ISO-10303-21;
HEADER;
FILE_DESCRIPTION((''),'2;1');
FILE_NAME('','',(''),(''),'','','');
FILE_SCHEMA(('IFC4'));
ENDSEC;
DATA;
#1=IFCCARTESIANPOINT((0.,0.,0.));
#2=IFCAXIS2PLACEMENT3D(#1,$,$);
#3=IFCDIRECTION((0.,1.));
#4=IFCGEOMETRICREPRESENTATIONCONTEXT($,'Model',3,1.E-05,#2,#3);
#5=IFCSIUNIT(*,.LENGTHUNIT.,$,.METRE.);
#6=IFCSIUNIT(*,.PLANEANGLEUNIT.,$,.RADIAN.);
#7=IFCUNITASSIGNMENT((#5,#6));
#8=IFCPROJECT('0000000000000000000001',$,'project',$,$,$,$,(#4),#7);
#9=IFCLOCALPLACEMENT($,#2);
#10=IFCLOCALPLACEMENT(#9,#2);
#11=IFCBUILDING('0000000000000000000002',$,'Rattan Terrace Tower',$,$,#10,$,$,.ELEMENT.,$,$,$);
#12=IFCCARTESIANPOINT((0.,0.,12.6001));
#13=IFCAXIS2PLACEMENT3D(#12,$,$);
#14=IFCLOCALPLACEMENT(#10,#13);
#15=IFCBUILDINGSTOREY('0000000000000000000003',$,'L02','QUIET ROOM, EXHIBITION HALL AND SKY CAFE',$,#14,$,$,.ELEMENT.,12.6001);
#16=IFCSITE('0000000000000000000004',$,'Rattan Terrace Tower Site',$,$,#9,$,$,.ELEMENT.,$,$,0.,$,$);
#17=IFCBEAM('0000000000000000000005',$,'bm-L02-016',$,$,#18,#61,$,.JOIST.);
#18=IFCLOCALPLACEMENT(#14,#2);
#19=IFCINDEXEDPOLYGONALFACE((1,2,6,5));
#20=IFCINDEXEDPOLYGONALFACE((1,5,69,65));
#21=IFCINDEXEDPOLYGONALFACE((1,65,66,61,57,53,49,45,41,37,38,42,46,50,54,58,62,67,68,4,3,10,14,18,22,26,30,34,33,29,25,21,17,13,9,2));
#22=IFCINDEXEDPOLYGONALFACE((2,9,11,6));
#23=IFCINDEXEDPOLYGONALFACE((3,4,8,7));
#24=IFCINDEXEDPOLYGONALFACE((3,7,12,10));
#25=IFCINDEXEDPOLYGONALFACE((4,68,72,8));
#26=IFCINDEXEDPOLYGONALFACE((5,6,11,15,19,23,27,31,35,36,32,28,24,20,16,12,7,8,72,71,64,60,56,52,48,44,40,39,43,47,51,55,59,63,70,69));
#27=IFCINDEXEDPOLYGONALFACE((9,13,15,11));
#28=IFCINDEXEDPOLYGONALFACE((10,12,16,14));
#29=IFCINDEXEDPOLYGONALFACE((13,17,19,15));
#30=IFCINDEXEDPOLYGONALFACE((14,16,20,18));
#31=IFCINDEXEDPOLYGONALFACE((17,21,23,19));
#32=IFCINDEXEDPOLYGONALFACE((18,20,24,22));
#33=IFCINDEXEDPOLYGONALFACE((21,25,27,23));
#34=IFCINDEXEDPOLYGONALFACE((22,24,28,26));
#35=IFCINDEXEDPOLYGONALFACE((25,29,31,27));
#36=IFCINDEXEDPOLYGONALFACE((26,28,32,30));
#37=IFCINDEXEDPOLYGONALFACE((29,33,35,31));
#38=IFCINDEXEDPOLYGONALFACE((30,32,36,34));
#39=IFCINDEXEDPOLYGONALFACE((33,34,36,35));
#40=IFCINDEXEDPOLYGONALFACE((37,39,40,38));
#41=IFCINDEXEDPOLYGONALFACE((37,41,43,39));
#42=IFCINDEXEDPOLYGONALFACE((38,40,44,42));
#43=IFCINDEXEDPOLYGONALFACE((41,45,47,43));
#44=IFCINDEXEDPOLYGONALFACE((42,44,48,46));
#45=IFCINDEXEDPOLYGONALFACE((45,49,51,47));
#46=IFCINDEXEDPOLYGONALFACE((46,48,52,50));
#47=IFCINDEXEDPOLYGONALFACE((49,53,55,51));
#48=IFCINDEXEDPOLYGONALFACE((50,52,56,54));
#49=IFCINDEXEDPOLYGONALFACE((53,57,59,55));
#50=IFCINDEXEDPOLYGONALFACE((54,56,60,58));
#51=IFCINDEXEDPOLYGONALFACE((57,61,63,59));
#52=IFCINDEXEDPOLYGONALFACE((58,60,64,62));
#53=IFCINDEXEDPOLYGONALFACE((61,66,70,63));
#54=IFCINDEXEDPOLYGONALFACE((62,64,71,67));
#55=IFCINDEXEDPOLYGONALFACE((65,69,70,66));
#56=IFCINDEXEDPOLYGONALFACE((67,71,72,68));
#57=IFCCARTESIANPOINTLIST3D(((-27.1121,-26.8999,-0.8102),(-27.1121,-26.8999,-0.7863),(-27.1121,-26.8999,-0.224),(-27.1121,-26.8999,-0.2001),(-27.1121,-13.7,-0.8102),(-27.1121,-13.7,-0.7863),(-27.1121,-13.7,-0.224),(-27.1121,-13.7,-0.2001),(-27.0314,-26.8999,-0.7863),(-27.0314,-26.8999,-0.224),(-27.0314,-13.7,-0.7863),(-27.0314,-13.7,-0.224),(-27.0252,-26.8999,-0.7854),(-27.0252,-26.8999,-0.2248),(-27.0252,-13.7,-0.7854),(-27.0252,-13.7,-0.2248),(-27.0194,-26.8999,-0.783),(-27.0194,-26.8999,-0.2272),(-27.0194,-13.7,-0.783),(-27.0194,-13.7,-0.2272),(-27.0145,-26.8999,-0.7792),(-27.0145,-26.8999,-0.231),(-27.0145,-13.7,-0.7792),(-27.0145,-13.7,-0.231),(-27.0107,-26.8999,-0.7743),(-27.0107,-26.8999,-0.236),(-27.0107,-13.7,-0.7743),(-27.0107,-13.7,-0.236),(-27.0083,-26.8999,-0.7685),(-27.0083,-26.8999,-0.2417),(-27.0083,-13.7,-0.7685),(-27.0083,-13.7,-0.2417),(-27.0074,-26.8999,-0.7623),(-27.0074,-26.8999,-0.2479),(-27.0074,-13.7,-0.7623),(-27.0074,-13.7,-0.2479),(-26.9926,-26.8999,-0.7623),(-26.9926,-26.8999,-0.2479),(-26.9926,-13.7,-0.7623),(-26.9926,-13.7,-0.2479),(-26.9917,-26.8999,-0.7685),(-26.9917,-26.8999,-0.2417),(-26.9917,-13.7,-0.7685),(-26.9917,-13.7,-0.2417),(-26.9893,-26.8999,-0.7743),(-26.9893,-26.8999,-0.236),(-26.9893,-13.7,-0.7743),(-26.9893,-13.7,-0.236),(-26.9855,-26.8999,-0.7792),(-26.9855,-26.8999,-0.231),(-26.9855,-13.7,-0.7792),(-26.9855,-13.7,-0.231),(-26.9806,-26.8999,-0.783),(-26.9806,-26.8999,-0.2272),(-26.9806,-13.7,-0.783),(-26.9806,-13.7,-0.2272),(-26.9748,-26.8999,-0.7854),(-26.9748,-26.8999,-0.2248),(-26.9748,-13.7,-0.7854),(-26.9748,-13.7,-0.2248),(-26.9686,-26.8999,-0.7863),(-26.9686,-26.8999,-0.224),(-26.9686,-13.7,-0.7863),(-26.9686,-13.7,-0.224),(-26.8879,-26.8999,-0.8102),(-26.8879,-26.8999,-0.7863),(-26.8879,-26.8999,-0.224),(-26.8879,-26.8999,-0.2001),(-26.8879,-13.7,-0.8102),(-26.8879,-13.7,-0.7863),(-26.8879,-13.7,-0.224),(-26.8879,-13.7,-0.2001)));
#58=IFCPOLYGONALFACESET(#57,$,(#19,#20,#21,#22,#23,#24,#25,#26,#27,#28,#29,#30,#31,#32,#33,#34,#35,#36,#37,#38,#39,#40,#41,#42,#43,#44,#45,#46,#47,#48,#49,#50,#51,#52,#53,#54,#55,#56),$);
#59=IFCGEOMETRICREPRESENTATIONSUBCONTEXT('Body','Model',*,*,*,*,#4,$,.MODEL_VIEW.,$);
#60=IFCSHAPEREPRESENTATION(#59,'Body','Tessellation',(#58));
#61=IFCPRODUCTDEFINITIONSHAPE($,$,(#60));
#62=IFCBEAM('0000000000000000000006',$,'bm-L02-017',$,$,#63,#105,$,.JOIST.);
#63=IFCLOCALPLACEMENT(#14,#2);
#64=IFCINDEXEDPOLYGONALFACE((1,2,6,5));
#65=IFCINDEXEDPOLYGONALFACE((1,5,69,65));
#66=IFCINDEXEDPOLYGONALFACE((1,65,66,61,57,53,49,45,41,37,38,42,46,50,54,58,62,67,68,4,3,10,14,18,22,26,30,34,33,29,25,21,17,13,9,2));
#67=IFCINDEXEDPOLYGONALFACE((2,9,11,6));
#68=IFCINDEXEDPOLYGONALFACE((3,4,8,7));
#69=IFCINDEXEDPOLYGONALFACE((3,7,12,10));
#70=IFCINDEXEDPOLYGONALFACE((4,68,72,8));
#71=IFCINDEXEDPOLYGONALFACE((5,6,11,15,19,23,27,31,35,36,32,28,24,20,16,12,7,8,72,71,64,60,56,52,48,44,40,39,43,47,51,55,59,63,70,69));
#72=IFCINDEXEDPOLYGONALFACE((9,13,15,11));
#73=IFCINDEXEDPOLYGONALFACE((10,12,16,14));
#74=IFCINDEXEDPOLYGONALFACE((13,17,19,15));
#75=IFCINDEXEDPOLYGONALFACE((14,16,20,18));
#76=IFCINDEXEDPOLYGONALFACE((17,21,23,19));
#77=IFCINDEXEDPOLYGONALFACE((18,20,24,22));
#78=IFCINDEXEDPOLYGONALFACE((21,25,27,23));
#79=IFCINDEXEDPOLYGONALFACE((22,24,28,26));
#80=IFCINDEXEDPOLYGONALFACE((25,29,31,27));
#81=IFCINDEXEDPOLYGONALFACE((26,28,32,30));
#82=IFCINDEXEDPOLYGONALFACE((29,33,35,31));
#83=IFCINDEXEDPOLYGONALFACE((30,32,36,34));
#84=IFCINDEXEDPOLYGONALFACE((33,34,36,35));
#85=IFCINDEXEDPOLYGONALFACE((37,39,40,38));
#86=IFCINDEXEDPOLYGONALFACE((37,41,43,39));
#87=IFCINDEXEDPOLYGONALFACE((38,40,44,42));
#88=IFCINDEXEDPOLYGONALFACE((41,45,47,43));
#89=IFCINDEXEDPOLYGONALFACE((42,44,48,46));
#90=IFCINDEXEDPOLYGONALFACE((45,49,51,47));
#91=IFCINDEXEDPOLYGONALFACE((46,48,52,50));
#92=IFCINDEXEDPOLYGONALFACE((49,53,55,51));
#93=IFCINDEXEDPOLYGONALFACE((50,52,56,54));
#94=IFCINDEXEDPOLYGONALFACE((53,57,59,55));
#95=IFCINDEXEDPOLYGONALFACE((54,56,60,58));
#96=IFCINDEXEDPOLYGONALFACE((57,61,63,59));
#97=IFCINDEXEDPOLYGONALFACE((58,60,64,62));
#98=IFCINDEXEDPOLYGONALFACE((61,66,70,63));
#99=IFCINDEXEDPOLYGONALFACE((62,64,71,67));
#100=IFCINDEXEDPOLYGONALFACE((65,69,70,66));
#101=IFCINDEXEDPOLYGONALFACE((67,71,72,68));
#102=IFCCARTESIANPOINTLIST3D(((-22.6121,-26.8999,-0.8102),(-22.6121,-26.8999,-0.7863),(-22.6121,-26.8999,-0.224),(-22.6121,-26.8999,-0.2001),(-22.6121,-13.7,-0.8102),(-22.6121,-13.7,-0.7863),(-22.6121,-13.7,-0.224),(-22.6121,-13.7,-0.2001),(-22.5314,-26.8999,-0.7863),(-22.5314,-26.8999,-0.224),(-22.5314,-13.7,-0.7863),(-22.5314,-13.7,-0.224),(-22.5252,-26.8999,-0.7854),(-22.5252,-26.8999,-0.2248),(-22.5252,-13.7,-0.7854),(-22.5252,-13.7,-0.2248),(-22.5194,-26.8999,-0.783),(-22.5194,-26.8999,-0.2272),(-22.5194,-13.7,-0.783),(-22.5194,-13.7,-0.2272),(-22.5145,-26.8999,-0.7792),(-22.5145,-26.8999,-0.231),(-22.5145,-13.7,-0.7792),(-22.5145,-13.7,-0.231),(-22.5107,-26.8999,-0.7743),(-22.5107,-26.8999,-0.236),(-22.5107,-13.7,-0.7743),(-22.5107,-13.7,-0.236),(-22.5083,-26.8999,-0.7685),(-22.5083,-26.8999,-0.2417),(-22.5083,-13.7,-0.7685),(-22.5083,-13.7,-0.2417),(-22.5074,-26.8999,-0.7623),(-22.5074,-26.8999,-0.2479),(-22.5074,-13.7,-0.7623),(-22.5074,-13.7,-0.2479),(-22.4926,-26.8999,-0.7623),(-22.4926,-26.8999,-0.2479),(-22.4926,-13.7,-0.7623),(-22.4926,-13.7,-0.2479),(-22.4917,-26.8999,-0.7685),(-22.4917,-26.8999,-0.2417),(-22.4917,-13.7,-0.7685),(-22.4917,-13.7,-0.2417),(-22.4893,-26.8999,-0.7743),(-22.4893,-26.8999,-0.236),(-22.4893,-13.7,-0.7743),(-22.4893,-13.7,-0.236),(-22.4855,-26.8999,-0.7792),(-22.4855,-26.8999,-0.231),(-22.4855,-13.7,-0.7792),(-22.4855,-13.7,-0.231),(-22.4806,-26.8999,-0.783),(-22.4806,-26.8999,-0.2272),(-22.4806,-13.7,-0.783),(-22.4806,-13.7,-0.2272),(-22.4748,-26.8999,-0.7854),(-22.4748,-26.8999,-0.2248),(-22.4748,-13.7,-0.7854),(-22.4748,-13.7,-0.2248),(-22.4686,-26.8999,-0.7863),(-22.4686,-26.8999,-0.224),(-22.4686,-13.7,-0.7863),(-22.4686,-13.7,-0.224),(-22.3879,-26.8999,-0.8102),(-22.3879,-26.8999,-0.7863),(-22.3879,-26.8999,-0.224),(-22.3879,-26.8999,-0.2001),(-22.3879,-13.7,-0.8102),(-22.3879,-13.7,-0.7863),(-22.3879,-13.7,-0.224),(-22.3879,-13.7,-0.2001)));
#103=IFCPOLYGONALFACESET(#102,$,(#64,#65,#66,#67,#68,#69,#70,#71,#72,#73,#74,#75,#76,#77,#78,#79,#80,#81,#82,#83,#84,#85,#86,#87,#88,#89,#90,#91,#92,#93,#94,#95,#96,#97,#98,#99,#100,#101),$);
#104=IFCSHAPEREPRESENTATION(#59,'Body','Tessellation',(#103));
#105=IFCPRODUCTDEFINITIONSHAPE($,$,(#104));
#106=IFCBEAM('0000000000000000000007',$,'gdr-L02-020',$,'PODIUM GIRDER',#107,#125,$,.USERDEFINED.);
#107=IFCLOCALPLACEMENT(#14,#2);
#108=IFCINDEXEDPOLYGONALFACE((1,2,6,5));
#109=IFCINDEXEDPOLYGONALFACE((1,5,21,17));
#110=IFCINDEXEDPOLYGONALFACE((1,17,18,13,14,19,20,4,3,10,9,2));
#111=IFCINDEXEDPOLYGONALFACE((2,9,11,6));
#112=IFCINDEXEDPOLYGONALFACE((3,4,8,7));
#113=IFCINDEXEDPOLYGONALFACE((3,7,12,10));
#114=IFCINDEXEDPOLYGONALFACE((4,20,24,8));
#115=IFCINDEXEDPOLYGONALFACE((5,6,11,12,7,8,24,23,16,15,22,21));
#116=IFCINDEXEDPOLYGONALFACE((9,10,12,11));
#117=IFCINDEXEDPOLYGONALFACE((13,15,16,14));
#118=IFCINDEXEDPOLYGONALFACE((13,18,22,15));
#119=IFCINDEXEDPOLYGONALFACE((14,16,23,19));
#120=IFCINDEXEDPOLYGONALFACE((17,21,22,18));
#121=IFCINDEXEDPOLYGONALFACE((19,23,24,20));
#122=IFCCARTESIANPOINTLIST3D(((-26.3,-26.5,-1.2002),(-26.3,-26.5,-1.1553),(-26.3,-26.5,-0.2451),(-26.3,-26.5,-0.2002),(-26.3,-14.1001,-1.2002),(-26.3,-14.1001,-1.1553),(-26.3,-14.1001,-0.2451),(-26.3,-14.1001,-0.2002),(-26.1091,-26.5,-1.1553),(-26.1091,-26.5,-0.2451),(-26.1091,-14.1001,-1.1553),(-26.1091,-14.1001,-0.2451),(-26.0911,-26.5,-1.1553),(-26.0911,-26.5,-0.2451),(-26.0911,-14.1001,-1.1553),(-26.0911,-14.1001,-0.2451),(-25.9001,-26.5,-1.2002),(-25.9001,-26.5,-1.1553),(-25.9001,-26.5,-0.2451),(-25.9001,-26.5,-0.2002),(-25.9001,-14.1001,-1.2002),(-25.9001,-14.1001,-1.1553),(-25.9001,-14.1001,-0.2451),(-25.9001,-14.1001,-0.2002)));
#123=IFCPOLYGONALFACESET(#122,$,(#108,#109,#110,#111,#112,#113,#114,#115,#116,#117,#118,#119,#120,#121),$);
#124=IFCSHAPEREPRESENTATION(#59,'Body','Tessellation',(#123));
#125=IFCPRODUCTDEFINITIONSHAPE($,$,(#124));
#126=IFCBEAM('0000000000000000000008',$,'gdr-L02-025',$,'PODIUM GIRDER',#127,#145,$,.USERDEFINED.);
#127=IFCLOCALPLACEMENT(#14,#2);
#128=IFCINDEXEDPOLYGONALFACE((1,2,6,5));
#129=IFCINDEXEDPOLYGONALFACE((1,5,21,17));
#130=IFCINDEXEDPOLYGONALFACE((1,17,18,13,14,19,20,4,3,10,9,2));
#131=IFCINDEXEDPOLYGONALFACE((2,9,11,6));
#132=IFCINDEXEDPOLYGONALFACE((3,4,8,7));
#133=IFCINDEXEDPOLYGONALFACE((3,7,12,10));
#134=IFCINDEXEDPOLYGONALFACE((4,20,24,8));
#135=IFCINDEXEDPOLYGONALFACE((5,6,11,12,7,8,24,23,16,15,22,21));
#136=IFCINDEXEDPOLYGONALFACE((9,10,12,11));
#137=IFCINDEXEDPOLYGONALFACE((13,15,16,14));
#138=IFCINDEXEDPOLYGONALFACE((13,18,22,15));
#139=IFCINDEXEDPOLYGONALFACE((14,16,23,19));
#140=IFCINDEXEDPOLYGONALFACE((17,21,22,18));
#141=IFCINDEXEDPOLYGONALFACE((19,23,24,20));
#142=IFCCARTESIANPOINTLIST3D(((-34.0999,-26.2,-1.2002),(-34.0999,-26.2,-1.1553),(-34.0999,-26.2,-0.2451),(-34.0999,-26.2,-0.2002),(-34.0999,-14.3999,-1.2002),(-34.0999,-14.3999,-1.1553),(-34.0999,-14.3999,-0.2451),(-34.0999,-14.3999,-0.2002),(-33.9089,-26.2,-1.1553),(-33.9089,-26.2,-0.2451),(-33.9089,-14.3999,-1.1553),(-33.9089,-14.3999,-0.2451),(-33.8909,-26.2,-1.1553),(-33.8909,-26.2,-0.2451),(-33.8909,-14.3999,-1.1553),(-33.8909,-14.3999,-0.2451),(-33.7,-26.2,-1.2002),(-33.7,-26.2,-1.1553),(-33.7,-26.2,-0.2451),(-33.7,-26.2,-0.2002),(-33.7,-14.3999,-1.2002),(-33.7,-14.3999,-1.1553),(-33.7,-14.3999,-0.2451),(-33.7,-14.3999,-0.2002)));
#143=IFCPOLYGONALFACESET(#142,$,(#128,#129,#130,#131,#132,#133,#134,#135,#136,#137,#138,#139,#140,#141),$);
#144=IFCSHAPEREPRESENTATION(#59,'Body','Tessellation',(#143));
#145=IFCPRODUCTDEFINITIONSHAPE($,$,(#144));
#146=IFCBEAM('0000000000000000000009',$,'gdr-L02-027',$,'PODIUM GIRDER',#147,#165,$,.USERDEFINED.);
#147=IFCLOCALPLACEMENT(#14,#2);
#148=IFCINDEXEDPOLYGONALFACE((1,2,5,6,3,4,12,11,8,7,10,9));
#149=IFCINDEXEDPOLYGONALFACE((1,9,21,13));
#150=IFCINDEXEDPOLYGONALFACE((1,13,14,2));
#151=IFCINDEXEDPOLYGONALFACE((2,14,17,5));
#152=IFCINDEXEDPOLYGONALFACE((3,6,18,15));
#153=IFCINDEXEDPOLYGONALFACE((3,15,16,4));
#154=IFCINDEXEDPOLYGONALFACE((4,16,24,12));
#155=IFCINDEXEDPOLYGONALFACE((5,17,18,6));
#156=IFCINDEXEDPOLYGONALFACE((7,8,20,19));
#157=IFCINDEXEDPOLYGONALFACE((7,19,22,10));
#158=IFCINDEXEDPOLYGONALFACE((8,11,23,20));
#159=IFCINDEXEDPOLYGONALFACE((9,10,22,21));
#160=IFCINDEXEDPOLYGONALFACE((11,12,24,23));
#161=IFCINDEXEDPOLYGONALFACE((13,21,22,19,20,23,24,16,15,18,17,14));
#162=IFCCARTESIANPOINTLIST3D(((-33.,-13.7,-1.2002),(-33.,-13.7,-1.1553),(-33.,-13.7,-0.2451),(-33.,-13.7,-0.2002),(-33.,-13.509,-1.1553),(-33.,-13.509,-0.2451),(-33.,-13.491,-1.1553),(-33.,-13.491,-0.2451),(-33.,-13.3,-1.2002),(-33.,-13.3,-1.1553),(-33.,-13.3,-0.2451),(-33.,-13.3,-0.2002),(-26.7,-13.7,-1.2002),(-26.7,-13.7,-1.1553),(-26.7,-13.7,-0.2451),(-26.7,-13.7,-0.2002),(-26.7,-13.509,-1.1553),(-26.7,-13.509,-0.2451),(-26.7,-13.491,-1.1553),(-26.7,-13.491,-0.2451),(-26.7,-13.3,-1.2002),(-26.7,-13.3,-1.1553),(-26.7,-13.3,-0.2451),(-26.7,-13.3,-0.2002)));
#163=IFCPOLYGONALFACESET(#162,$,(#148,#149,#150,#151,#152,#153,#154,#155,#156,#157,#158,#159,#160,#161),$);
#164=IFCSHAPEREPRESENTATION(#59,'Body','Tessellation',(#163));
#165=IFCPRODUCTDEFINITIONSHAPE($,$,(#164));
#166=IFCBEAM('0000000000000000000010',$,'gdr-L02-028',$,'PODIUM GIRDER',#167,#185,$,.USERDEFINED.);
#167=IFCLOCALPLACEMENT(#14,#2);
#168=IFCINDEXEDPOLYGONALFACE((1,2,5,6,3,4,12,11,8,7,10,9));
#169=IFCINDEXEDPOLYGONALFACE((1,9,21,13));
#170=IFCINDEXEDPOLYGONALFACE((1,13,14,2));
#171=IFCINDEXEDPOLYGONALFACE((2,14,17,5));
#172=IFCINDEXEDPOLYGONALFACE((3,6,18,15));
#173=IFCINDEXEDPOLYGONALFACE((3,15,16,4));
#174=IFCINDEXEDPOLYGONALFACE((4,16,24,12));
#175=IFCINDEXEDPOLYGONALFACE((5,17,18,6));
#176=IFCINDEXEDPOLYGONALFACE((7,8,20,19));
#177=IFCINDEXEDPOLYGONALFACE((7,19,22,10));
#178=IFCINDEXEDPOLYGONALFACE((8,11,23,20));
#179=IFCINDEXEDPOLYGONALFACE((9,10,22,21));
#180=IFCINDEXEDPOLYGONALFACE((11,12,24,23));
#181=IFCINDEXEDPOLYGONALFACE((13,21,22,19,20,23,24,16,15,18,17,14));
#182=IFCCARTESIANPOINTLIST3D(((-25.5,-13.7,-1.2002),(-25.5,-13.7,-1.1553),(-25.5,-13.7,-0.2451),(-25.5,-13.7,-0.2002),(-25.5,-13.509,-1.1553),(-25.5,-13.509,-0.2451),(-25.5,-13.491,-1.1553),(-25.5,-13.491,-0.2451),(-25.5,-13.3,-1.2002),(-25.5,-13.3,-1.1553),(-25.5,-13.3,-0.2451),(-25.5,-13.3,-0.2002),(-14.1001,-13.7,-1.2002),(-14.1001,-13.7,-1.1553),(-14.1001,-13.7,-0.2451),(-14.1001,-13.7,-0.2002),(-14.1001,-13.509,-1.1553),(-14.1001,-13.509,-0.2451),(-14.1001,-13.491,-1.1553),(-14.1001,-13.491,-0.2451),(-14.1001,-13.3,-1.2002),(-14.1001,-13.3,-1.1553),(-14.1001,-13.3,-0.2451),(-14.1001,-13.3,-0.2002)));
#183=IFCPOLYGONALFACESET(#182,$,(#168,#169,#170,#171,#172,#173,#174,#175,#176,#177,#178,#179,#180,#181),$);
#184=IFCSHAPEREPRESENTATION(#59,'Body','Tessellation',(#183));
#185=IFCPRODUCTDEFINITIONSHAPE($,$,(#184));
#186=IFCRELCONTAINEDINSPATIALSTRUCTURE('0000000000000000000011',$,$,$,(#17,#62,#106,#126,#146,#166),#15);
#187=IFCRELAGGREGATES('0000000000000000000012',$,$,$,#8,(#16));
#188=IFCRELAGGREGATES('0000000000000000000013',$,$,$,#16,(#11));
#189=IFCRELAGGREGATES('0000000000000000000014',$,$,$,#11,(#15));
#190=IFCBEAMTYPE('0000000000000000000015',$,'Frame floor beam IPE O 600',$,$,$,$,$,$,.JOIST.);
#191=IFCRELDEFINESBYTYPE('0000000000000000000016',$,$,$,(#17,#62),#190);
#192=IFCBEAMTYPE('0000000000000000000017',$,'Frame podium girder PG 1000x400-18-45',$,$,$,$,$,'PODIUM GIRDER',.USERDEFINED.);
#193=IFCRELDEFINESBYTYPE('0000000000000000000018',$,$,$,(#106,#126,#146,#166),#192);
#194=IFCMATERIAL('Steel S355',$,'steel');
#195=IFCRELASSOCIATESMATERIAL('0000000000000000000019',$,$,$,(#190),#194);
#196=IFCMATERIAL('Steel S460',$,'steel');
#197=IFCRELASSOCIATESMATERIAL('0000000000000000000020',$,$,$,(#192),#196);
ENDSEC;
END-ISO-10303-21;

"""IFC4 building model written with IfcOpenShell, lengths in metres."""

from ifc_helpers import new_model, si_unit, direction, frame, origin, origin_2d, place, context, subcontext, project, spatial, i_section, extrude, material, material_profile, profile_set, type_object, element, save


model = new_model("IFC4")

# Units and contexts
model_context = context("Model", 3, precision=1e-05, world=origin(), true_north=direction((0.0, 1.0)))
body_context = subcontext(model_context, "Body", "Model", "MODEL_VIEW")
ifc_project = project(units=[si_unit("LENGTHUNIT", "METRE"), si_unit("PLANEANGLEUNIT", "RADIAN")], contexts=[model_context])

# Site, building, storey
site_placement = place(None, origin())
site = spatial("IfcSite", under=ifc_project, at=site_placement, Name="Rattan Terrace Tower Site", CompositionType="ELEMENT", RefElevation=0.0)
building_placement = place(site_placement, origin())
building = spatial("IfcBuilding", under=site, at=building_placement, Name="Rattan Terrace Tower", CompositionType="ELEMENT")
storey_placement = place(building_placement, frame((0.0, 0.0, 12.6001)))
storey = spatial("IfcBuildingStorey", under=building, at=storey_placement, Name="L02", Description="QUIET ROOM, EXHIBITION HALL AND SKY CAFE", CompositionType="ELEMENT", Elevation=12.6001)

# Beams
ifc_material_1 = material(Name="Steel S355", Category="steel")
ifc_material_profile_1 = material_profile(ifc_material_1, i_section(OverallWidth=0.2241, OverallDepth=0.6101, WebThickness=0.0149, FlangeThickness=0.0239, FilletRadius=0.0239, at=origin_2d()), Name="IPE O 600")
ifc_profile_set_1 = profile_set([ifc_material_profile_1], Name="Steel S355")
beam_type_1 = type_object("IfcBeamType", Name="Frame floor beam IPE O 600", PredefinedType="JOIST", material=ifc_profile_set_1)
for number, where, z_axis, x_axis, name in (
    (1, (-27.0, -26.8999, -0.5051), (0.0, 1.0, 0.0), (-1.0, 0.0, 0.0), "bm-L02-016"),
    (2, (-22.5, -26.8999, -0.5051), (0.0, 1.0, 0.0), (-1.0, 0.0, 0.0), "bm-L02-017"),
):
    element("IfcBeam", number, at=place(storey_placement, frame(where, z_axis=z_axis, x_axis=x_axis)), inside=storey, type_object=beam_type_1, Name=name, PredefinedType="JOIST", context=body_context, shape_type="SweptSolid", body=[
        extrude(i_section(OverallWidth=0.2241, OverallDepth=0.6101, WebThickness=0.0149, FlangeThickness=0.0239, FilletRadius=0.0239, at=origin_2d()), origin(), (0.0, 0.0, 1.0), 13.2),
    ])
ifc_material_2 = material(Name="Steel S460", Category="steel")
ifc_material_profile_2 = material_profile(ifc_material_2, i_section(OverallWidth=0.3999, OverallDepth=1.0, WebThickness=0.0181, FlangeThickness=0.0449, at=origin_2d()), Name="PG 1000x400-18-45")
ifc_profile_set_2 = profile_set([ifc_material_profile_2], Name="Steel S460")
beam_type_2 = type_object("IfcBeamType", Name="Frame podium girder PG 1000x400-18-45", ElementType="PODIUM GIRDER", PredefinedType="USERDEFINED", material=ifc_profile_set_2)
beam_1_placement = place(storey_placement, frame((-26.1001, -26.5, -0.7002), z_axis=(0.0, 1.0, 0.0), x_axis=(-1.0, 0.0, 0.0)))
element("IfcBeam", 3, at=beam_1_placement, inside=storey, type_object=beam_type_2, Name="gdr-L02-020", ObjectType="PODIUM GIRDER", PredefinedType="USERDEFINED", context=body_context, shape_type="SweptSolid", body=[
    extrude(i_section(OverallWidth=0.3999, OverallDepth=1.0, WebThickness=0.0181, FlangeThickness=0.0449, at=origin_2d()), origin(), (0.0, 0.0, 1.0), 12.3999),
])
beam_2_placement = place(storey_placement, frame((-33.8999, -26.2, -0.7002), z_axis=(0.0, 1.0, 0.0), x_axis=(-1.0, 0.0, 0.0)))
element("IfcBeam", 4, at=beam_2_placement, inside=storey, type_object=beam_type_2, Name="gdr-L02-025", ObjectType="PODIUM GIRDER", PredefinedType="USERDEFINED", context=body_context, shape_type="SweptSolid", body=[
    extrude(i_section(OverallWidth=0.3999, OverallDepth=1.0, WebThickness=0.0181, FlangeThickness=0.0449, at=origin_2d()), origin(), (0.0, 0.0, 1.0), 11.8),
])
beam_3_placement = place(storey_placement, frame((-33.0, -13.5, -0.7002), z_axis=(1.0, 0.0, 0.0), x_axis=(0.0, 1.0, 0.0)))
element("IfcBeam", 5, at=beam_3_placement, inside=storey, type_object=beam_type_2, Name="gdr-L02-027", ObjectType="PODIUM GIRDER", PredefinedType="USERDEFINED", context=body_context, shape_type="SweptSolid", body=[
    extrude(i_section(OverallWidth=0.3999, OverallDepth=1.0, WebThickness=0.0181, FlangeThickness=0.0449, at=origin_2d()), origin(), (0.0, 0.0, 1.0), 6.3),
])
beam_4_placement = place(storey_placement, frame((-25.5, -13.5, -0.7002), z_axis=(1.0, 0.0, 0.0), x_axis=(0.0, 1.0, 0.0)))
element("IfcBeam", 6, at=beam_4_placement, inside=storey, type_object=beam_type_2, Name="gdr-L02-028", ObjectType="PODIUM GIRDER", PredefinedType="USERDEFINED", context=body_context, shape_type="SweptSolid", body=[
    extrude(i_section(OverallWidth=0.3999, OverallDepth=1.0, WebThickness=0.0181, FlangeThickness=0.0449, at=origin_2d()), origin(), (0.0, 0.0, 1.0), 11.3999),
])

save(model, "model.ifc")
